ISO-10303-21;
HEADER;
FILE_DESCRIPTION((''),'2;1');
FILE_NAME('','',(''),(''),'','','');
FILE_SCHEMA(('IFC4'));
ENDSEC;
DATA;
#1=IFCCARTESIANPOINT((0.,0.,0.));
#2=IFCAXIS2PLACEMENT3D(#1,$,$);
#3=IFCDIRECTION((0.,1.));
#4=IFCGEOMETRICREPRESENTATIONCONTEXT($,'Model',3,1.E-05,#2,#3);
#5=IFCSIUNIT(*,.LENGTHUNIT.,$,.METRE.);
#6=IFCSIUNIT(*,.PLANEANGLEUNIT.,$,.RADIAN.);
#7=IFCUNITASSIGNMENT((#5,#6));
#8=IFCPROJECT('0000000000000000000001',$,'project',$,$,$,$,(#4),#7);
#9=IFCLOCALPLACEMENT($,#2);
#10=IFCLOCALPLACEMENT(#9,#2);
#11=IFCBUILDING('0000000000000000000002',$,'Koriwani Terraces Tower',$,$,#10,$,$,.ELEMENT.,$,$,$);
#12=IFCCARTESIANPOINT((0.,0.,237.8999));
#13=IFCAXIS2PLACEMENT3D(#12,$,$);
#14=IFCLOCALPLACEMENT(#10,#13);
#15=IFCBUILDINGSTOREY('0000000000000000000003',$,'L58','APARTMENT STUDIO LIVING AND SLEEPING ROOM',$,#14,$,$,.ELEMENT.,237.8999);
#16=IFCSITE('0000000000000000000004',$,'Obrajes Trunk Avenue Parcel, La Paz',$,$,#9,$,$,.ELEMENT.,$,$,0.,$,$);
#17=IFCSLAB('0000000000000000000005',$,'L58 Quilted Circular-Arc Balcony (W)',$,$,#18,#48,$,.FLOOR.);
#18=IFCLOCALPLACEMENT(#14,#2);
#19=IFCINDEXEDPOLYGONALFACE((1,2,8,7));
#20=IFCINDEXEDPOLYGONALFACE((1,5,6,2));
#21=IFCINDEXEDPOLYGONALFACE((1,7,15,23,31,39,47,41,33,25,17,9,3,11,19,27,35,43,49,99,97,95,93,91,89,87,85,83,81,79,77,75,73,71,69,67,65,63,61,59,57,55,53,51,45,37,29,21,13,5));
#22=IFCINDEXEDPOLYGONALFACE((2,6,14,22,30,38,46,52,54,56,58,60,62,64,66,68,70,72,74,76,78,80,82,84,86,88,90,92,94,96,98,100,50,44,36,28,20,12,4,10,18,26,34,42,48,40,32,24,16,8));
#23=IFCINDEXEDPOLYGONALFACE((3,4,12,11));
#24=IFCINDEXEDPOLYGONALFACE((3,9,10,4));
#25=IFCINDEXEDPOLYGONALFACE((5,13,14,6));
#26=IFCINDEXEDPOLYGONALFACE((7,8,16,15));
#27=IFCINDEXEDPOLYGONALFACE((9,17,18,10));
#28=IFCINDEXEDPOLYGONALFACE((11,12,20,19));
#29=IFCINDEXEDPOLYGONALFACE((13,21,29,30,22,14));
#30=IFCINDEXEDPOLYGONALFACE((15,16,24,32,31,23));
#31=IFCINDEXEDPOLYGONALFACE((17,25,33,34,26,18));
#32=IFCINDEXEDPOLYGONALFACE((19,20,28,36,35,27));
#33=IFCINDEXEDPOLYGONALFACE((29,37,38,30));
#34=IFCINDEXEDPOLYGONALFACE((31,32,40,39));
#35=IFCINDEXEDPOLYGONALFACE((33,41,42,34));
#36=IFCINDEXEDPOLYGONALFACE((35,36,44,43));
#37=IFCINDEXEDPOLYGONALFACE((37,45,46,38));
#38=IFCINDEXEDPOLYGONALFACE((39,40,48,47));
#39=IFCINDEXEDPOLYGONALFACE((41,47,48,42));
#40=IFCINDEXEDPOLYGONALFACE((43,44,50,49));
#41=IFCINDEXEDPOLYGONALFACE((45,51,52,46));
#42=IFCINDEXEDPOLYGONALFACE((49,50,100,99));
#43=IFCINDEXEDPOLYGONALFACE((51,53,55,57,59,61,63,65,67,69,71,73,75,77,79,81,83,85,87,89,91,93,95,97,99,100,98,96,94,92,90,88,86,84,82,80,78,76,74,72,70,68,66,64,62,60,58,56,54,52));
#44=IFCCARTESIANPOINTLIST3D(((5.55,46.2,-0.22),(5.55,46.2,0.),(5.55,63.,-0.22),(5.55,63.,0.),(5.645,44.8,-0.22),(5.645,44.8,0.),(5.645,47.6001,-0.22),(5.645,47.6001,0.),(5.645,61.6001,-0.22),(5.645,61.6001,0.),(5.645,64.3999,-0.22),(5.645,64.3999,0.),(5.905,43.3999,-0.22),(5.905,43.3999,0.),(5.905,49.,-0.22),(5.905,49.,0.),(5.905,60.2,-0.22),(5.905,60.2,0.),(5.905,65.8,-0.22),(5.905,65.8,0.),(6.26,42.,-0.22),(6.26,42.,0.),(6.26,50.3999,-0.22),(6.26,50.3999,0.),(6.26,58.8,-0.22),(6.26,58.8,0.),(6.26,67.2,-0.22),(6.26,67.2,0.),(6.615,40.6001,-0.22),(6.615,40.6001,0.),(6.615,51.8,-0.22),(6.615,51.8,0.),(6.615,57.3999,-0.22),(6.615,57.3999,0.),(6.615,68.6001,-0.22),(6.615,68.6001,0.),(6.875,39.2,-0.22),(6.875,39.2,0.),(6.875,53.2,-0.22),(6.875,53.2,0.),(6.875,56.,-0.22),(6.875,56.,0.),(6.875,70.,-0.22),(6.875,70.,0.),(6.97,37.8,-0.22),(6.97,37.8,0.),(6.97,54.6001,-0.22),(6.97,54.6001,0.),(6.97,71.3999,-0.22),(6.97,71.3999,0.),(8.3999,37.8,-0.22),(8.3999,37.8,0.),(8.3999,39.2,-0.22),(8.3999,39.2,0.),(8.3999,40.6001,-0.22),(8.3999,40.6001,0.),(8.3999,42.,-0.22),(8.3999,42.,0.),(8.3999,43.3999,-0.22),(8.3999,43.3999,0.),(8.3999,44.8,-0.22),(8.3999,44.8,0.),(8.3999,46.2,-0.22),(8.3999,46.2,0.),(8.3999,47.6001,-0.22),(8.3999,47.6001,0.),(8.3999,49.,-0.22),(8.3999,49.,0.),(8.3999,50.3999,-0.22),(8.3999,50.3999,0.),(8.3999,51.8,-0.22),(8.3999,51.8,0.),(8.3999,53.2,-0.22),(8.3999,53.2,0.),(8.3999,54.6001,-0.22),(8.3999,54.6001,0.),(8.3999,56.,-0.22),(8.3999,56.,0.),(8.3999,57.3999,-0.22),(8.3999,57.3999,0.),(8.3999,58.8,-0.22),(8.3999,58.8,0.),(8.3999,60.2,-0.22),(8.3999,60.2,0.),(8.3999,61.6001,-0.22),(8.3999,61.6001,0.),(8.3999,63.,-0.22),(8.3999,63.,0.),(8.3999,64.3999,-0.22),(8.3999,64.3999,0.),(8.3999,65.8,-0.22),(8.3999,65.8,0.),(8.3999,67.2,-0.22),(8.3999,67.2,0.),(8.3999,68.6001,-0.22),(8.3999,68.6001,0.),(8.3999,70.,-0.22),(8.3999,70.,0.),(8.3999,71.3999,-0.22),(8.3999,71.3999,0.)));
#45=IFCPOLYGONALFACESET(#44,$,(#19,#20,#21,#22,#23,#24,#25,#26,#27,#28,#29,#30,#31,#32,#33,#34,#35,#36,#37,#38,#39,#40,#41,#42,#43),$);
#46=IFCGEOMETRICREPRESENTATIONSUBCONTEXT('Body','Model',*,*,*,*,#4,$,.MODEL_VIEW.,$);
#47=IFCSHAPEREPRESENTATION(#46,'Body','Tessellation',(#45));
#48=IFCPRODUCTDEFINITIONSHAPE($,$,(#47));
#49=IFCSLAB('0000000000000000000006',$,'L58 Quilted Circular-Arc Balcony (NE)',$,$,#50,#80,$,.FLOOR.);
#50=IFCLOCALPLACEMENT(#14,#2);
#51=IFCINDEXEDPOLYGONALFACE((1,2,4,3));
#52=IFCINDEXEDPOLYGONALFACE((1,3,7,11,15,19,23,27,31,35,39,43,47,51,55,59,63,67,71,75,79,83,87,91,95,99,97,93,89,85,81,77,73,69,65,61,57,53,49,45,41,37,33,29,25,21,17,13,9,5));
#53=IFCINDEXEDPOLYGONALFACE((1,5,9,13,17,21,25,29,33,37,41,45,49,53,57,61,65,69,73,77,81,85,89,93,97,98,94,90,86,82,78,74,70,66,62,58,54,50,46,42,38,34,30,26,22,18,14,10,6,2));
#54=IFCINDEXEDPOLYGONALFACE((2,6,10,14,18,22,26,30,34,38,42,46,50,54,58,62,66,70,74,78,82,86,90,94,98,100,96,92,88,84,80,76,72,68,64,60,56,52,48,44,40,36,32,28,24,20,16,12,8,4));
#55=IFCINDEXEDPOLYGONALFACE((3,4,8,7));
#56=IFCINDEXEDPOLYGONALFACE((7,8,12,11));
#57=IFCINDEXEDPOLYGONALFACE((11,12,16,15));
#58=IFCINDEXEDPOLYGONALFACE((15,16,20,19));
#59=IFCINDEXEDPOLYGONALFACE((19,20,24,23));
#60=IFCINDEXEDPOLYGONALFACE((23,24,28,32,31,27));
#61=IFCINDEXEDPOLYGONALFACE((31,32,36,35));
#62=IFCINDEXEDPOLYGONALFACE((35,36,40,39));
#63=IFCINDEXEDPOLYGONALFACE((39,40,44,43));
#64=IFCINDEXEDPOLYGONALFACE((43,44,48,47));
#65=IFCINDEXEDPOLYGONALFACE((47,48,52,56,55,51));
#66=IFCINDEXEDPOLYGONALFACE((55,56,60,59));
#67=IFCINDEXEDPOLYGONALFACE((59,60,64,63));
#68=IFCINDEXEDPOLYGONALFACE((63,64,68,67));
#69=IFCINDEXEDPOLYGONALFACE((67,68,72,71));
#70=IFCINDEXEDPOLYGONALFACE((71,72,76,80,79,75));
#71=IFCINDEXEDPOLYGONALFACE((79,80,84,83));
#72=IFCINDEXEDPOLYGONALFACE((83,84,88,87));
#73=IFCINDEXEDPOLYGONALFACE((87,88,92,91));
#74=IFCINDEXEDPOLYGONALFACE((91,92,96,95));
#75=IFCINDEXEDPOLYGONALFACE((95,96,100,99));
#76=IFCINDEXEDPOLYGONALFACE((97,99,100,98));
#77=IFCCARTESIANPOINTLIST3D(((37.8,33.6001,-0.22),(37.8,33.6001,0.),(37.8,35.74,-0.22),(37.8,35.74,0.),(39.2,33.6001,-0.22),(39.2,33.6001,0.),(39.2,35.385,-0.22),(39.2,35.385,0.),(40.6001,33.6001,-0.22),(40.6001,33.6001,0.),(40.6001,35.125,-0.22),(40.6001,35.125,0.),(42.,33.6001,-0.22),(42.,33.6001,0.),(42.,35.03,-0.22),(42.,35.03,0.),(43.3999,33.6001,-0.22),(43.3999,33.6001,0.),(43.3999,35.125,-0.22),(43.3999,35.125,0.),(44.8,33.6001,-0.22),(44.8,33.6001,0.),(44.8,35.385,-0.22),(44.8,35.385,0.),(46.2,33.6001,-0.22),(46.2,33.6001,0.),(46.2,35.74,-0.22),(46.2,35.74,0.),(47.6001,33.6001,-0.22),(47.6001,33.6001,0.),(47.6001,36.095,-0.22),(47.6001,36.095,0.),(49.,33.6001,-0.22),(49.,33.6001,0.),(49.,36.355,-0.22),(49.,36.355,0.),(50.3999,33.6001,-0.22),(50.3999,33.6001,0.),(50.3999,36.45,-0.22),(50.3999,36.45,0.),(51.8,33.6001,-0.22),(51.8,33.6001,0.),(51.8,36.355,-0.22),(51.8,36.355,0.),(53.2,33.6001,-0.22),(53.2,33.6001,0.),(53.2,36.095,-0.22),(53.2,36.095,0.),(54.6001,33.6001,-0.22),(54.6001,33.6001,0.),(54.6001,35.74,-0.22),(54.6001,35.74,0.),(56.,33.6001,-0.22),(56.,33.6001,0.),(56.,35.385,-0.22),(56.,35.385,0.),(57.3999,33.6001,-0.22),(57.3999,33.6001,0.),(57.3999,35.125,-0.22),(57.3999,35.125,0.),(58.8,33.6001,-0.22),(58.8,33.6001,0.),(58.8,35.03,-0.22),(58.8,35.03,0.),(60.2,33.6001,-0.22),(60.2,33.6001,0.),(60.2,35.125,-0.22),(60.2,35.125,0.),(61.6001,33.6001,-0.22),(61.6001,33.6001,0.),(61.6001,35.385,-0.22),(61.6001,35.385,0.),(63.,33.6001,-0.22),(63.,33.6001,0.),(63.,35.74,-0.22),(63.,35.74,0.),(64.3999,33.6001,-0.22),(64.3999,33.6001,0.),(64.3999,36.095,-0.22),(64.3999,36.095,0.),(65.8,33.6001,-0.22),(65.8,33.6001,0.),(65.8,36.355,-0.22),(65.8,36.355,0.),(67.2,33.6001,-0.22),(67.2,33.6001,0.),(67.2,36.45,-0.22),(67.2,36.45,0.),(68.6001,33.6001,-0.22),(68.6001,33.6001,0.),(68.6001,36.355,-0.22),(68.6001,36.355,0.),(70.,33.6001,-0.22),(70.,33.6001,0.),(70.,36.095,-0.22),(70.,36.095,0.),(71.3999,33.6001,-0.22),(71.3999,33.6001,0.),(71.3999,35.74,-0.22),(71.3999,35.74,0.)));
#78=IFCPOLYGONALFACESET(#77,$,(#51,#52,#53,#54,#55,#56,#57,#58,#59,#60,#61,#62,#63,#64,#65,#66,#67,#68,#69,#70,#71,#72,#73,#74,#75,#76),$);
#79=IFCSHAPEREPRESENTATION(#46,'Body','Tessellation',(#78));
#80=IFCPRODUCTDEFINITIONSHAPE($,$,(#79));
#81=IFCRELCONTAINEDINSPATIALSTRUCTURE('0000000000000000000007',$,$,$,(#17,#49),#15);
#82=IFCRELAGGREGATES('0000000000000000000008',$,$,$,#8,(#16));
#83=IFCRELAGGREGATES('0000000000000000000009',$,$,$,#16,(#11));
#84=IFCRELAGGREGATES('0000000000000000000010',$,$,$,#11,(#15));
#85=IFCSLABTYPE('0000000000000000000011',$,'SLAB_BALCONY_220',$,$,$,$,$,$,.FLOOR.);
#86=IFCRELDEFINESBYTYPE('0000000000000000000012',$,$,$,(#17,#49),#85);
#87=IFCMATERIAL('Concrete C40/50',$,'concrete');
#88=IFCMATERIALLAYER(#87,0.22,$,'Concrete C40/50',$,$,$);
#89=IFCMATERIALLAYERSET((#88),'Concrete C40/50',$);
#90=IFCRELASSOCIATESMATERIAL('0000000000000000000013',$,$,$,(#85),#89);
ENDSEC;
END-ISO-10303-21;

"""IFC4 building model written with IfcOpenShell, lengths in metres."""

from ifc_helpers import new_model, si_unit, direction, frame, origin, place, context, subcontext, project, spatial, polyline, outline, extrude, material, layer, layer_set, type_object, element, save


model = new_model("IFC4")

# Units and contexts
model_context = context("Model", 3, precision=1e-05, world=origin(), true_north=direction((0.0, 1.0)))
body_context = subcontext(model_context, "Body", "Model", "MODEL_VIEW")
ifc_project = project(units=[si_unit("LENGTHUNIT", "METRE"), si_unit("PLANEANGLEUNIT", "RADIAN")], contexts=[model_context])

# Site, building, storey
site_placement = place(None, origin())
site = spatial("IfcSite", under=ifc_project, at=site_placement, Name="Obrajes Trunk Avenue Parcel, La Paz", CompositionType="ELEMENT", RefElevation=0.0)
building_placement = place(site_placement, origin())
building = spatial("IfcBuilding", under=site, at=building_placement, Name="Koriwani Terraces Tower", CompositionType="ELEMENT")
storey_placement = place(building_placement, frame((0.0, 0.0, 237.8999)))
storey = spatial("IfcBuildingStorey", under=building, at=storey_placement, Name="L58", Description="APARTMENT STUDIO LIVING AND SLEEPING ROOM", CompositionType="ELEMENT", Elevation=237.8999)

# Shared definitions
ifc_material_1 = material(Name="Concrete C40/50", Category="concrete")

# Slabs
ifc_layer_1 = layer(ifc_material_1, 0.22, Name="Concrete C40/50")
ifc_layer_set_1 = layer_set([ifc_layer_1], Name="Concrete C40/50")
slab_type_1 = type_object("IfcSlabType", Name="SLAB_BALCONY_220", PredefinedType="FLOOR", material=ifc_layer_set_1)
slab_1_placement = place(storey_placement, frame((0.0, 0.0, -0.22)))
element("IfcSlab", 1, at=slab_1_placement, inside=storey, type_object=slab_type_1, Name="L58 Quilted Circular-Arc Balcony (W)", PredefinedType="FLOOR", context=body_context, shape_type="SweptSolid", body=[
    extrude(outline(polyline([(8.3999, 37.8), (8.3999, 39.2), (8.3999, 40.6001), (8.3999, 42.0), (8.3999, 43.3999), (8.3999, 44.8), (8.3999, 46.2), (8.3999, 47.6001), (8.3999, 49.0), (8.3999, 50.3999), (8.3999, 51.8), (8.3999, 53.2), (8.3999, 54.6001), (8.3999, 56.0), (8.3999, 57.3999), (8.3999, 58.8), (8.3999, 60.2), (8.3999, 61.6001), (8.3999, 63.0), (8.3999, 64.3999), (8.3999, 65.8), (8.3999, 67.2), (8.3999, 68.6001), (8.3999, 70.0), (8.3999, 71.3999), (6.97, 71.3999), (6.875, 70.0), (6.615, 68.6001), (6.26, 67.2), (5.905, 65.8), (5.645, 64.3999), (5.55, 63.0), (5.645, 61.6001), (5.905, 60.2), (6.26, 58.8), (6.615, 57.3999), (6.875, 56.0), (6.97, 54.6001), (6.875, 53.2), (6.615, 51.8), (6.26, 50.3999), (5.905, 49.0), (5.645, 47.6001), (5.55, 46.2), (5.645, 44.8), (5.905, 43.3999), (6.26, 42.0), (6.615, 40.6001), (6.875, 39.2), (6.97, 37.8), (8.3999, 37.8)])), origin(), (0.0, 0.0, 1.0), 0.22),
])
slab_2_placement = place(storey_placement, frame((0.0, 0.0, -0.22)))
element("IfcSlab", 2, at=slab_2_placement, inside=storey, type_object=slab_type_1, Name="L58 Quilted Circular-Arc Balcony (NE)", PredefinedType="FLOOR", context=body_context, shape_type="SweptSolid", body=[
    extrude(outline(polyline([(71.3999, 33.6001), (70.0, 33.6001), (68.6001, 33.6001), (67.2, 33.6001), (65.8, 33.6001), (64.3999, 33.6001), (63.0, 33.6001), (61.6001, 33.6001), (60.2, 33.6001), (58.8, 33.6001), (57.3999, 33.6001), (56.0, 33.6001), (54.6001, 33.6001), (53.2, 33.6001), (51.8, 33.6001), (50.3999, 33.6001), (49.0, 33.6001), (47.6001, 33.6001), (46.2, 33.6001), (44.8, 33.6001), (43.3999, 33.6001), (42.0, 33.6001), (40.6001, 33.6001), (39.2, 33.6001), (37.8, 33.6001), (37.8, 35.74), (39.2, 35.385), (40.6001, 35.125), (42.0, 35.03), (43.3999, 35.125), (44.8, 35.385), (46.2, 35.74), (47.6001, 36.095), (49.0, 36.355), (50.3999, 36.45), (51.8, 36.355), (53.2, 36.095), (54.6001, 35.74), (56.0, 35.385), (57.3999, 35.125), (58.8, 35.03), (60.2, 35.125), (61.6001, 35.385), (63.0, 35.74), (64.3999, 36.095), (65.8, 36.355), (67.2, 36.45), (68.6001, 36.355), (70.0, 36.095), (71.3999, 35.74), (71.3999, 33.6001)])), origin(), (0.0, 0.0, 1.0), 0.22),
])

save(model, "model.ifc")
